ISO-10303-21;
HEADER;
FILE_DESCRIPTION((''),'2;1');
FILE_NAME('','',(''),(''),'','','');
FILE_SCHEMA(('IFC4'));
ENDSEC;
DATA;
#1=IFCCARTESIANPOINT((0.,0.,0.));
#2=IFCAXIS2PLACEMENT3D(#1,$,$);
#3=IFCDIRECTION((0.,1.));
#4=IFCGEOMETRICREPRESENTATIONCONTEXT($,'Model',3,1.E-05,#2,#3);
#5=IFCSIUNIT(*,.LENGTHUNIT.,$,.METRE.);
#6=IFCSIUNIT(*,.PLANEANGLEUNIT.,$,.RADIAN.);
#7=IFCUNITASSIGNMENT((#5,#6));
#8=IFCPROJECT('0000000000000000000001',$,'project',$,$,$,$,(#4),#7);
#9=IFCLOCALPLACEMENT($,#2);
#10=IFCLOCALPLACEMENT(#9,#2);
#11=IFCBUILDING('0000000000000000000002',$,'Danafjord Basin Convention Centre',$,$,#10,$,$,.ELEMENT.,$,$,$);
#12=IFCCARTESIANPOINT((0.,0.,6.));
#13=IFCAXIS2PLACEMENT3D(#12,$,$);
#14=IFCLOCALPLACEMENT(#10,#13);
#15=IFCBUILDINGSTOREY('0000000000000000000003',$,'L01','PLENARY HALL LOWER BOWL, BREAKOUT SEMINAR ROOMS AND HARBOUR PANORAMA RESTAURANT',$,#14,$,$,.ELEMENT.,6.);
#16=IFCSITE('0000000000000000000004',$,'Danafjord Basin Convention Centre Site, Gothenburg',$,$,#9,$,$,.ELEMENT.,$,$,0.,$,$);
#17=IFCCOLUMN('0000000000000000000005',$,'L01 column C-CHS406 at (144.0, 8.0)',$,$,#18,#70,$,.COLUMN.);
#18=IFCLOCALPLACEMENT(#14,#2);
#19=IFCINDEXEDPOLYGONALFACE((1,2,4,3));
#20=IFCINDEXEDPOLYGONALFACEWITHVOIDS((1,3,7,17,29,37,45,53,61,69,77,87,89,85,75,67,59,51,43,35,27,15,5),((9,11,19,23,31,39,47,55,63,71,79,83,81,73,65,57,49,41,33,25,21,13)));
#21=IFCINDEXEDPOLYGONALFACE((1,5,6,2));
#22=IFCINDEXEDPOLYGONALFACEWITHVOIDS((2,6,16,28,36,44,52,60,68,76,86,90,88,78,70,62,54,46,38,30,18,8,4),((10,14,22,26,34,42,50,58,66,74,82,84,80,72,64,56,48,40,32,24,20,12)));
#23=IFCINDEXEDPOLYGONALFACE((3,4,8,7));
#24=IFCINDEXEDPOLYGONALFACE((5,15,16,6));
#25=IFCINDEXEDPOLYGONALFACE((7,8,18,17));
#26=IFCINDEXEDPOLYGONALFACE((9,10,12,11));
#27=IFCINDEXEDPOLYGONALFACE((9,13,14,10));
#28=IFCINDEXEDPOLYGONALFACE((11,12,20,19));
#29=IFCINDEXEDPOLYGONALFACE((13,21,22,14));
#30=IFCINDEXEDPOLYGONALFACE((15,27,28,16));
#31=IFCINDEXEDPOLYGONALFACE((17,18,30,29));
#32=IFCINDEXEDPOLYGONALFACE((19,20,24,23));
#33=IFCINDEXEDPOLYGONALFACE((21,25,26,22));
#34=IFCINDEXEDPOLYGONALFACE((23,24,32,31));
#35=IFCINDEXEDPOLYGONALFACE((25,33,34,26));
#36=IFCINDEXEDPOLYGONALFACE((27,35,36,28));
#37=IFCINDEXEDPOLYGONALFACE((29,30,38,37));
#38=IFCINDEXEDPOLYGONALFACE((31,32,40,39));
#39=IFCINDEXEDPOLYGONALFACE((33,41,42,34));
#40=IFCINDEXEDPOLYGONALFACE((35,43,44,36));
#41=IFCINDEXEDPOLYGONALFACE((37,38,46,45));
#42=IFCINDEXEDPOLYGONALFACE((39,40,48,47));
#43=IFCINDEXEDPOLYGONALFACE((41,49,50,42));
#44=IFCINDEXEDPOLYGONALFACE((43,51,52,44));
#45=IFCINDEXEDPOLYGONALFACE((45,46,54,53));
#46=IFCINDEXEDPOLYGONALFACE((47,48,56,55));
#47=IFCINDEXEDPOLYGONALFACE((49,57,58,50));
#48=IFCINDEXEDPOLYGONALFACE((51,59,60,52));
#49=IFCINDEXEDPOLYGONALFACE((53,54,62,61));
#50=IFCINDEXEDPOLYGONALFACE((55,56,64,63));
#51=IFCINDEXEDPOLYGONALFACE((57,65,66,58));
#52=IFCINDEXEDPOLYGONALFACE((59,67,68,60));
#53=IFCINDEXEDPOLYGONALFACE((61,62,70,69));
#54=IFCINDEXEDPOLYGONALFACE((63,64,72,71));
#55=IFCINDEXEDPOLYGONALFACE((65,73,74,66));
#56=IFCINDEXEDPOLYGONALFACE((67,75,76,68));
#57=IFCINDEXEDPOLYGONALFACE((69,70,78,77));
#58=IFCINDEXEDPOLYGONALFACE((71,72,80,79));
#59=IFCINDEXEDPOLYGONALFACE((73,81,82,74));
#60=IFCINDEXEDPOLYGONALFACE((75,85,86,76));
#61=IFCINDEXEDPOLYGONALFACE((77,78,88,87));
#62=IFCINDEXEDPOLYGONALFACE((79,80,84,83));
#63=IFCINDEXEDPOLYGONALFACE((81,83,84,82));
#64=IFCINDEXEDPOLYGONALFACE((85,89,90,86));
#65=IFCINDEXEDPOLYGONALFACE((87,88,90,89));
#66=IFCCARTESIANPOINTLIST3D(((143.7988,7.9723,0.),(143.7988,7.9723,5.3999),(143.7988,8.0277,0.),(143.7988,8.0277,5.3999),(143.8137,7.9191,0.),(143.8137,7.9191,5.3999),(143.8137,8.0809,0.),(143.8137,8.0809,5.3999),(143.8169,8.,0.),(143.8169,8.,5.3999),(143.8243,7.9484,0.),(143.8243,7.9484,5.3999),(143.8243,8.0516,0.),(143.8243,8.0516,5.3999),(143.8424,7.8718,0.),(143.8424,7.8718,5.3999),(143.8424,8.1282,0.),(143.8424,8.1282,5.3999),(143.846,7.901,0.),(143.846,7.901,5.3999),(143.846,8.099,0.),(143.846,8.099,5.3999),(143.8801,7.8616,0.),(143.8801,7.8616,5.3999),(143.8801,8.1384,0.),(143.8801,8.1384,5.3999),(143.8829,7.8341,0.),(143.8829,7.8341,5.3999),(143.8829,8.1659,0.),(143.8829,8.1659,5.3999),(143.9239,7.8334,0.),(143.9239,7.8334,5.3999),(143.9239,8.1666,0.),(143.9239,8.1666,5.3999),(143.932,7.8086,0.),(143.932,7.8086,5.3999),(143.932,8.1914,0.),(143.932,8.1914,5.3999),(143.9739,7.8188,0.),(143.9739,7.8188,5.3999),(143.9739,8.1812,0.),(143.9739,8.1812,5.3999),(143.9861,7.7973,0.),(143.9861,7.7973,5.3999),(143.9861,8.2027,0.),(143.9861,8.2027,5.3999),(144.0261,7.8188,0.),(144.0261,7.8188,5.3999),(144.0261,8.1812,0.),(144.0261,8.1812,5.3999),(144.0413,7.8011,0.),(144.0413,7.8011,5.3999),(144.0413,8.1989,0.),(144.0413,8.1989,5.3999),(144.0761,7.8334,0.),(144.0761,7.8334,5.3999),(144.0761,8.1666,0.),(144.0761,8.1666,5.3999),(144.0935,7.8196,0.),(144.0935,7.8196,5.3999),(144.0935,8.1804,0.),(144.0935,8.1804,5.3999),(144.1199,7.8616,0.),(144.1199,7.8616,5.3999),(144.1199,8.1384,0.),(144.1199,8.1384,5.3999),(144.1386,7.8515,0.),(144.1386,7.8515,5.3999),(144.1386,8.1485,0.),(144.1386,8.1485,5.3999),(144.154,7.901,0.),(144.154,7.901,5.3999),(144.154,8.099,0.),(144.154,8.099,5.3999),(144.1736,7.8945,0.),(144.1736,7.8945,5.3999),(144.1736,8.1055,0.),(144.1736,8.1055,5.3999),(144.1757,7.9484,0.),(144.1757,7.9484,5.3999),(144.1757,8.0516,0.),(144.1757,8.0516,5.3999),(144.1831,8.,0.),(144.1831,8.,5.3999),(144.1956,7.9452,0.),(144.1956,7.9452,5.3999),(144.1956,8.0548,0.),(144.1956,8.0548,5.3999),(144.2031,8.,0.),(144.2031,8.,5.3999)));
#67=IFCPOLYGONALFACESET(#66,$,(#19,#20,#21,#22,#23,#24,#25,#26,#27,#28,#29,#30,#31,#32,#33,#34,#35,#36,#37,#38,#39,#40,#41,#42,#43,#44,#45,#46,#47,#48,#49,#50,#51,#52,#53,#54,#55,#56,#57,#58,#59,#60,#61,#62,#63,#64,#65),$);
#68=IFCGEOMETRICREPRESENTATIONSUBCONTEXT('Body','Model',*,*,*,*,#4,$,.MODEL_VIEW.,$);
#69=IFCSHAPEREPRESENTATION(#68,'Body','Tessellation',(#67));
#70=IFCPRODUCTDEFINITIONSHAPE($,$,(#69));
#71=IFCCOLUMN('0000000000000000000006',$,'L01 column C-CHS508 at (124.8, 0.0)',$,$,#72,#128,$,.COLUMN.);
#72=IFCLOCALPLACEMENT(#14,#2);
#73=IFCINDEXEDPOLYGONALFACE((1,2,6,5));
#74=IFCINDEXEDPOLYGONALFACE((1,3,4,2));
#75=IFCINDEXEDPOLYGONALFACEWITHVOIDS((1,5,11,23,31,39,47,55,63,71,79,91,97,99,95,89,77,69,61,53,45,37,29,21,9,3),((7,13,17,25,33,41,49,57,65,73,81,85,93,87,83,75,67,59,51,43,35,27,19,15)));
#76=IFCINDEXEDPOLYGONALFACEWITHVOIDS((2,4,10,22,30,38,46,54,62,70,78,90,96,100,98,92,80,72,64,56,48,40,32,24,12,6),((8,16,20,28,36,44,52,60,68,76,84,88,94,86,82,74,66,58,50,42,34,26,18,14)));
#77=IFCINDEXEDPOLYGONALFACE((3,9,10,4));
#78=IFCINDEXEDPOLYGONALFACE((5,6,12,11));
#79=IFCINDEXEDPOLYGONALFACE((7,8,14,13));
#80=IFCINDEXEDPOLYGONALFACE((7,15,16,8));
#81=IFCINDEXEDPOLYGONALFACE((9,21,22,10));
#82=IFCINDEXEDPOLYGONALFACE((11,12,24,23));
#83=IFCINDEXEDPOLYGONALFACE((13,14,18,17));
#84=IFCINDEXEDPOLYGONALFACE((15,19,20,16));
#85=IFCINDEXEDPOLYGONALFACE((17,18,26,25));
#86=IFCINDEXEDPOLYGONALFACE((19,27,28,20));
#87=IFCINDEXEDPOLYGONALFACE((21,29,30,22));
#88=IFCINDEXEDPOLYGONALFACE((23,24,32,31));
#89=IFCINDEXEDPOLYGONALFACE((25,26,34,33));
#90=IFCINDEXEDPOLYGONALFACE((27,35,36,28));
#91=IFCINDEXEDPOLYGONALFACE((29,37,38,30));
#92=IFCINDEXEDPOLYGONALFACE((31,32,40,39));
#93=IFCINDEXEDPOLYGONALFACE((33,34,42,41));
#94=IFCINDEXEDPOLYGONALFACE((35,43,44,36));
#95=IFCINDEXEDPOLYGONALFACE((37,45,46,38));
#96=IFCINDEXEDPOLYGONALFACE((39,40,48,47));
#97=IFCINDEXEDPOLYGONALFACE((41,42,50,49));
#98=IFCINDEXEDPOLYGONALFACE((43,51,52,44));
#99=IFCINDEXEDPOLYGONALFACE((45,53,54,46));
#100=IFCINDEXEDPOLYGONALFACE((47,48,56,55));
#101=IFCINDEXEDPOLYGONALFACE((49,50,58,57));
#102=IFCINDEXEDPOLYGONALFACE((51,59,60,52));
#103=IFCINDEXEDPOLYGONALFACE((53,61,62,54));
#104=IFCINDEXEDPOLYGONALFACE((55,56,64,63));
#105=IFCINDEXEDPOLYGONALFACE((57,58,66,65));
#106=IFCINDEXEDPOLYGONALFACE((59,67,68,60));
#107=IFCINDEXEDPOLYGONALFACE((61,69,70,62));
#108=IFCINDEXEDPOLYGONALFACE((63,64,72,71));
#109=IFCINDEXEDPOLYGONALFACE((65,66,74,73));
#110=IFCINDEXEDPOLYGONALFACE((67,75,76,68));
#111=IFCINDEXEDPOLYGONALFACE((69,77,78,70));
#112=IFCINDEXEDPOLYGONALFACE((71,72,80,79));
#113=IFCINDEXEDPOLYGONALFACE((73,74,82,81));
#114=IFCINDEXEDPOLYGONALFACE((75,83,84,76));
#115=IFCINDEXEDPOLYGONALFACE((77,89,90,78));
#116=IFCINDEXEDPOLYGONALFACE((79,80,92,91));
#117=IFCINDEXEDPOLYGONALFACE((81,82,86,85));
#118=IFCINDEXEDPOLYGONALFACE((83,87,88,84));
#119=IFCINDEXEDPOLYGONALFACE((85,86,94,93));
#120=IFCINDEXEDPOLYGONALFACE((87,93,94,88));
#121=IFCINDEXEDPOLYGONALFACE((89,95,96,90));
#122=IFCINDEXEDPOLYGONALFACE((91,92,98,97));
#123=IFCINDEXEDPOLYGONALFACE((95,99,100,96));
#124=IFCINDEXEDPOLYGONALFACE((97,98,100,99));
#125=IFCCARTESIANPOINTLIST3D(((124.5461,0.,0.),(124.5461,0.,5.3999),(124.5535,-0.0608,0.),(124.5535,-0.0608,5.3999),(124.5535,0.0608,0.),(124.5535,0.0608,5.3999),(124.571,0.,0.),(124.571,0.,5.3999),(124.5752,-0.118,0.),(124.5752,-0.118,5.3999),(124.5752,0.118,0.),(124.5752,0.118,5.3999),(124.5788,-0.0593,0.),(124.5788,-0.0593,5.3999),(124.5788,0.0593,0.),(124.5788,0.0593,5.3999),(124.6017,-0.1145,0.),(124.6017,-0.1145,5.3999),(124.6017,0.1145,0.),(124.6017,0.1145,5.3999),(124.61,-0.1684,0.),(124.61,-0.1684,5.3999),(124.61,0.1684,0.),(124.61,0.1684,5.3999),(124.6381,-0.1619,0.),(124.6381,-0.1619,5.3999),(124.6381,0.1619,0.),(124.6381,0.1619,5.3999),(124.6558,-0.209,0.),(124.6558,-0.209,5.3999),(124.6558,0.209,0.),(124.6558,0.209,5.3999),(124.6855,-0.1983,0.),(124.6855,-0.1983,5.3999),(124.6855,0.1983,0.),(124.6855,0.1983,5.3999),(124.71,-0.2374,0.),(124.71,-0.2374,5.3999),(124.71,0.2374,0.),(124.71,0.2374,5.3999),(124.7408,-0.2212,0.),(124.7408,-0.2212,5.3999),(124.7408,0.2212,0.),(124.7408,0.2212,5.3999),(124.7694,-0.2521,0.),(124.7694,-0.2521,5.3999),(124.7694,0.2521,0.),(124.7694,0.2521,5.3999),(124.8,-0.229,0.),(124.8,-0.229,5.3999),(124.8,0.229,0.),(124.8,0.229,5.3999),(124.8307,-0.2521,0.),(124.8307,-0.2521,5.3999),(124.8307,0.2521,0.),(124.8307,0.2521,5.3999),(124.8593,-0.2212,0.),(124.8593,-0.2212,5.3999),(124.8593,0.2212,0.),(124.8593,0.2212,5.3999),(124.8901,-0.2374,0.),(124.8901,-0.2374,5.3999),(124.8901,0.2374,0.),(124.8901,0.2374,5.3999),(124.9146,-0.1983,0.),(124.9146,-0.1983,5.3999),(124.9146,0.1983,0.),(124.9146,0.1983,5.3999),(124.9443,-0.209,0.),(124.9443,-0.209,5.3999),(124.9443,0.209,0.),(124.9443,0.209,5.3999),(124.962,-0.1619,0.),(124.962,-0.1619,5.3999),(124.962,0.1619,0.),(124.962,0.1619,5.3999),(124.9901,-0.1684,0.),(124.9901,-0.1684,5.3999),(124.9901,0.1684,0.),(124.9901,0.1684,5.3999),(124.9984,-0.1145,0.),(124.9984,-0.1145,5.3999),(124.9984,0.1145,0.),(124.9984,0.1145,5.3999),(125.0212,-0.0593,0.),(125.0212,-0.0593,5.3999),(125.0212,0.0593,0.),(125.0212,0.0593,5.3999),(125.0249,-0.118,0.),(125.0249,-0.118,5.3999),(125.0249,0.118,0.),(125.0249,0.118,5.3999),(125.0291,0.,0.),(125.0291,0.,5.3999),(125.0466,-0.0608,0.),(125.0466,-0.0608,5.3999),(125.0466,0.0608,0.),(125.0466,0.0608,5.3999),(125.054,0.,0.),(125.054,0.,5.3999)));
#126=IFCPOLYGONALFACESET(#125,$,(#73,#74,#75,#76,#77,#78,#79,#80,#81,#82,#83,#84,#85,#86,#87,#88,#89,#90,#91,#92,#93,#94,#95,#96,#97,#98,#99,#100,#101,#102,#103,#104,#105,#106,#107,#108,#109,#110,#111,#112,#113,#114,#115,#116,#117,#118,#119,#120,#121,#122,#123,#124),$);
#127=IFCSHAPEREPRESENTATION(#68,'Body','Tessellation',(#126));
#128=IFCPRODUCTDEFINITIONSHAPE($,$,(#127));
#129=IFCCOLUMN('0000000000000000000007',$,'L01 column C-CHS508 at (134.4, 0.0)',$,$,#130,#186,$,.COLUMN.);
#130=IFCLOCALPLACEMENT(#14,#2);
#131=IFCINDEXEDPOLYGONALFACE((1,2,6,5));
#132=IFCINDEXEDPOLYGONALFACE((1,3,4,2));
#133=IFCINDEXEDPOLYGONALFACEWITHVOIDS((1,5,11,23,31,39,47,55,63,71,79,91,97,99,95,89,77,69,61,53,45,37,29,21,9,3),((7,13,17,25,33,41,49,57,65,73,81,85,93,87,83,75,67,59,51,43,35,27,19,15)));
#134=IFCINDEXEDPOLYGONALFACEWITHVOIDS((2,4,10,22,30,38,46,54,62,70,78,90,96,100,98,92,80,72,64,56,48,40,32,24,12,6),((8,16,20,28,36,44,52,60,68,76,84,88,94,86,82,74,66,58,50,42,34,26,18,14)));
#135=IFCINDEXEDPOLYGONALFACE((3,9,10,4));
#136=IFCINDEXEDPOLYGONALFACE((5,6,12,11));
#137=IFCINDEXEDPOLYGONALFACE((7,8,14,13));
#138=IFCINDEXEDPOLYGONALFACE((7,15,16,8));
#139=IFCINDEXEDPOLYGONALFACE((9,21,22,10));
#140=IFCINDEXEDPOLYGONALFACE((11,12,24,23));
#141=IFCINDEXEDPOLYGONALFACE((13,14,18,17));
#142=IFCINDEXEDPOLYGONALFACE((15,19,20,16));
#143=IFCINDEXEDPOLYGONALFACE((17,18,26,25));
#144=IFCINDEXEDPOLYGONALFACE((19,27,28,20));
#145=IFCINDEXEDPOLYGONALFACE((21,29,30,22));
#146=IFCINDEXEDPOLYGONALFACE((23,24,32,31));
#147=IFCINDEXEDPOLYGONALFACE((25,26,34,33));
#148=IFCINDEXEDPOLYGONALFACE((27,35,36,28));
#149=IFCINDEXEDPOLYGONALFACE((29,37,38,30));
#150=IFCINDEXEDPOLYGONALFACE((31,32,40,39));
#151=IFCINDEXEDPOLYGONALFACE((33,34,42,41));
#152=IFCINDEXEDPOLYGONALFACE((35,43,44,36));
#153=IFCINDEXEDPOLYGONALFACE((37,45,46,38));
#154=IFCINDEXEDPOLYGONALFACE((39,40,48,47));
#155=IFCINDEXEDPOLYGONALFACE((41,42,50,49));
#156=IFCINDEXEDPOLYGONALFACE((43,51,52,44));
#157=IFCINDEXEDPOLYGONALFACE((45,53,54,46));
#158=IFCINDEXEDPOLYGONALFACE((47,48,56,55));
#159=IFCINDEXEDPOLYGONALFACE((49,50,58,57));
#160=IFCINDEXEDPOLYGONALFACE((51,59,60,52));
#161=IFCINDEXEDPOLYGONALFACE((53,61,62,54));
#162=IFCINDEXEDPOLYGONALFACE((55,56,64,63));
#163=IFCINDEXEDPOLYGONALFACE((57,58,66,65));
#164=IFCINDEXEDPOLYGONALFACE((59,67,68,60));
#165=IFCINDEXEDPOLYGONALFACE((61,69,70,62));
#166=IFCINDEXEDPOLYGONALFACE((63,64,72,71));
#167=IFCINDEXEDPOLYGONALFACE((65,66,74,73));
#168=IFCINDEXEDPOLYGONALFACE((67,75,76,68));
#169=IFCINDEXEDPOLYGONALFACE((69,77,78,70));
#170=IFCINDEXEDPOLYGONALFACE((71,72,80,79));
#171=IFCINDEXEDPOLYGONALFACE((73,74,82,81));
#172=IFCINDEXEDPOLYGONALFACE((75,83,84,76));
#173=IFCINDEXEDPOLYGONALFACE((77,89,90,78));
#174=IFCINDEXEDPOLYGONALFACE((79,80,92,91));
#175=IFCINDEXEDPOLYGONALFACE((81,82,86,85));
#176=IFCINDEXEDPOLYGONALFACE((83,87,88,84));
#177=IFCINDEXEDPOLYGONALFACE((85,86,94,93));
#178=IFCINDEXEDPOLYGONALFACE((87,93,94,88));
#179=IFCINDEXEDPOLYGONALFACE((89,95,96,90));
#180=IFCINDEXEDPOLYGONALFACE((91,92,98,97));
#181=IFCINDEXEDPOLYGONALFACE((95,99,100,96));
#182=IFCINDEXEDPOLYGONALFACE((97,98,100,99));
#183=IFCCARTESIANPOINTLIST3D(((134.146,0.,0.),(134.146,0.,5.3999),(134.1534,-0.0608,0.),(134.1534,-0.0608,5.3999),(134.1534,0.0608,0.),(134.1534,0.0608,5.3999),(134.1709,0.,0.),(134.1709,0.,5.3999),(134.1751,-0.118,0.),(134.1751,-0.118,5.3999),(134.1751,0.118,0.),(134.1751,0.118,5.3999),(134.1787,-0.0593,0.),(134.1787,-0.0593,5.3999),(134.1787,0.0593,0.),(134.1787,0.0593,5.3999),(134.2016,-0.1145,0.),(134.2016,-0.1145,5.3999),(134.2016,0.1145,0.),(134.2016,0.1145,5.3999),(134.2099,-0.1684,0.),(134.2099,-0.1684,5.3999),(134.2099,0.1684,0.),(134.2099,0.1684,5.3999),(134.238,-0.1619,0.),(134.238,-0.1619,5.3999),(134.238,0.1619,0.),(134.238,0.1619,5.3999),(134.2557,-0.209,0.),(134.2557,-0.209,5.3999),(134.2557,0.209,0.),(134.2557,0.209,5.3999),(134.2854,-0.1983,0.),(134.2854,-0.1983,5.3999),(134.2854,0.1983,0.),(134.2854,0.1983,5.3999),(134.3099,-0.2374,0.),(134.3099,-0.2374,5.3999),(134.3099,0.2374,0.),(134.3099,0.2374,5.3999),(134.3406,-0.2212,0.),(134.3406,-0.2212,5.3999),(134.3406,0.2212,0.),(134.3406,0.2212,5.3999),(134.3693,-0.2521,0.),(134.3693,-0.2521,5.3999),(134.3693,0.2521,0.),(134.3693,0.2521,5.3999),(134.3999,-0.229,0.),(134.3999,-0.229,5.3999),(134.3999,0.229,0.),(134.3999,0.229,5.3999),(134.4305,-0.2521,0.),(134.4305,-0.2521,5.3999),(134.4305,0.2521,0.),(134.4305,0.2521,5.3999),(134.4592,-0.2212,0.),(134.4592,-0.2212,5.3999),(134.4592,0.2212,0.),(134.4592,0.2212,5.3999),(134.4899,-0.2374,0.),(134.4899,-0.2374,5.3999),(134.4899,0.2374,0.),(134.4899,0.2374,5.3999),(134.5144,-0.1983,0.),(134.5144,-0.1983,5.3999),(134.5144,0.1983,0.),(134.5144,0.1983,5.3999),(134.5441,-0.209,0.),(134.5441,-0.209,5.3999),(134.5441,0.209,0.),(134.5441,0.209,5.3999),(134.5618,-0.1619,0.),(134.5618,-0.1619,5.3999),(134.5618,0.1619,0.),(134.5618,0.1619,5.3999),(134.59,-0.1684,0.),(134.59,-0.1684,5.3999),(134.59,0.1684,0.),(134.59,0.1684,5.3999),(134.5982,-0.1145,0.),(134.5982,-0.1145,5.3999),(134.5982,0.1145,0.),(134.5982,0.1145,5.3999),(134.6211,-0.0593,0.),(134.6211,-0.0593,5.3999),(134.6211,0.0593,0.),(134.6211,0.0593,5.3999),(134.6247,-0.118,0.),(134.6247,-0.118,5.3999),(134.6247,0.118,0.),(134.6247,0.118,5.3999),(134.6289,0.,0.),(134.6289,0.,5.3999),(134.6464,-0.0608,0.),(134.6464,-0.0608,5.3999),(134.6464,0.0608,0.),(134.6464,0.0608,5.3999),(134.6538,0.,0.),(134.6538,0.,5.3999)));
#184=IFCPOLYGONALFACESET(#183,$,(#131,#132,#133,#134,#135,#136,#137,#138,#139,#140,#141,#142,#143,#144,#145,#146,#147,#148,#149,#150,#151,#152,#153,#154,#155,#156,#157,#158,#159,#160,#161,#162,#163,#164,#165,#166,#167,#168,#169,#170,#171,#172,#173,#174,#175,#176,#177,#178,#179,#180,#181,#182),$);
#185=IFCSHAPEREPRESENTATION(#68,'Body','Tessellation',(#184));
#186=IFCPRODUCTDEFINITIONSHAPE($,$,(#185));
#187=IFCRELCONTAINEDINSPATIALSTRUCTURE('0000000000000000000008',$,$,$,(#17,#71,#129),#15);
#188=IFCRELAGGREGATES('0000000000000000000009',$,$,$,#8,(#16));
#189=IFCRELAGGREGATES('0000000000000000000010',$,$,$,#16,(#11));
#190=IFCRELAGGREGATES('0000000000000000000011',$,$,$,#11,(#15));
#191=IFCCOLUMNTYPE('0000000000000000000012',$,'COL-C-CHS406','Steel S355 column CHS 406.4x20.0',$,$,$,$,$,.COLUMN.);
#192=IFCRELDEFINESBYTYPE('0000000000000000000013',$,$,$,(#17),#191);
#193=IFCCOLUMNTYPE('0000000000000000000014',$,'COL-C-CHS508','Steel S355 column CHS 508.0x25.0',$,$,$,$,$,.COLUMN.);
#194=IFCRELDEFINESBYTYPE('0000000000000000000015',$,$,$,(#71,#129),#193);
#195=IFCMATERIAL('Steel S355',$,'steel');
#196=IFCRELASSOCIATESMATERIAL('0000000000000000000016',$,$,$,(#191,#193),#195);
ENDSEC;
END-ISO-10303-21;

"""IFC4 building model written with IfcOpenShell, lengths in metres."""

from ifc_helpers import new_model, si_unit, direction, frame, origin, origin_2d, place, context, subcontext, project, spatial, hollow_circle, extrude, material, material_profile, profile_set, type_object, element, save


model = new_model("IFC4")

# Units and contexts
model_context = context("Model", 3, precision=1e-05, world=origin(), true_north=direction((0.0, 1.0)))
body_context = subcontext(model_context, "Body", "Model", "MODEL_VIEW")
ifc_project = project(units=[si_unit("LENGTHUNIT", "METRE"), si_unit("PLANEANGLEUNIT", "RADIAN")], contexts=[model_context])

# Site, building, storey
site_placement = place(None, origin())
site = spatial("IfcSite", under=ifc_project, at=site_placement, Name="Danafjord Basin Convention Centre Site, Gothenburg", CompositionType="ELEMENT", RefElevation=0.0)
building_placement = place(site_placement, origin())
building = spatial("IfcBuilding", under=site, at=building_placement, Name="Danafjord Basin Convention Centre", CompositionType="ELEMENT")
storey_placement = place(building_placement, frame((0.0, 0.0, 6.0)))
storey = spatial("IfcBuildingStorey", under=building, at=storey_placement, Name="L01", Description="PLENARY HALL LOWER BOWL, BREAKOUT SEMINAR ROOMS AND HARBOUR PANORAMA RESTAURANT", CompositionType="ELEMENT", Elevation=6.0)

# Columns
ifc_material_1 = material(Name="Steel S355", Category="steel")
ifc_material_profile_1 = material_profile(ifc_material_1, hollow_circle(Radius=0.2031, WallThickness=0.02, at=origin_2d()), Name="CHS 406.4x20.0")
ifc_profile_set_1 = profile_set([ifc_material_profile_1], Name="Steel S355")
column_type_1 = type_object("IfcColumnType", Name="COL-C-CHS406", Description="Steel S355 column CHS 406.4x20.0", PredefinedType="COLUMN", material=ifc_profile_set_1)
column_1_placement = place(storey_placement, frame((144.0, 8.0, 0.0), z_axis=(0.0, 0.0, 1.0), x_axis=(1.0, 0.0, 0.0)))
element("IfcColumn", 1, at=column_1_placement, inside=storey, type_object=column_type_1, Name="L01 column C-CHS406 at (144.0, 8.0)", PredefinedType="COLUMN", context=body_context, shape_type="SweptSolid", body=[
    extrude(hollow_circle(Radius=0.2031, WallThickness=0.02, at=origin_2d()), origin(), (0.0, 0.0, 1.0), 5.3999),
])
ifc_material_profile_2 = material_profile(ifc_material_1, hollow_circle(Radius=0.2539, WallThickness=0.0249, at=origin_2d()), Name="CHS 508.0x25.0")
ifc_profile_set_2 = profile_set([ifc_material_profile_2], Name="Steel S355")
column_type_2 = type_object("IfcColumnType", Name="COL-C-CHS508", Description="Steel S355 column CHS 508.0x25.0", PredefinedType="COLUMN", material=ifc_profile_set_2)
for number, where, z_axis, x_axis, name in (
    (2, (124.8, 0.0, 0.0), (0.0, 0.0, 1.0), (1.0, 0.0, 0.0), "L01 column C-CHS508 at (124.8, 0.0)"),
    (3, (134.3999, 0.0, 0.0), (0.0, 0.0, 1.0), (1.0, 0.0, 0.0), "L01 column C-CHS508 at (134.4, 0.0)"),
):
    element("IfcColumn", number, at=place(storey_placement, frame(where, z_axis=z_axis, x_axis=x_axis)), inside=storey, type_object=column_type_2, Name=name, PredefinedType="COLUMN", context=body_context, shape_type="SweptSolid", body=[
        extrude(hollow_circle(Radius=0.2539, WallThickness=0.0249, at=origin_2d()), origin(), (0.0, 0.0, 1.0), 5.3999),
    ])

save(model, "model.ifc")
